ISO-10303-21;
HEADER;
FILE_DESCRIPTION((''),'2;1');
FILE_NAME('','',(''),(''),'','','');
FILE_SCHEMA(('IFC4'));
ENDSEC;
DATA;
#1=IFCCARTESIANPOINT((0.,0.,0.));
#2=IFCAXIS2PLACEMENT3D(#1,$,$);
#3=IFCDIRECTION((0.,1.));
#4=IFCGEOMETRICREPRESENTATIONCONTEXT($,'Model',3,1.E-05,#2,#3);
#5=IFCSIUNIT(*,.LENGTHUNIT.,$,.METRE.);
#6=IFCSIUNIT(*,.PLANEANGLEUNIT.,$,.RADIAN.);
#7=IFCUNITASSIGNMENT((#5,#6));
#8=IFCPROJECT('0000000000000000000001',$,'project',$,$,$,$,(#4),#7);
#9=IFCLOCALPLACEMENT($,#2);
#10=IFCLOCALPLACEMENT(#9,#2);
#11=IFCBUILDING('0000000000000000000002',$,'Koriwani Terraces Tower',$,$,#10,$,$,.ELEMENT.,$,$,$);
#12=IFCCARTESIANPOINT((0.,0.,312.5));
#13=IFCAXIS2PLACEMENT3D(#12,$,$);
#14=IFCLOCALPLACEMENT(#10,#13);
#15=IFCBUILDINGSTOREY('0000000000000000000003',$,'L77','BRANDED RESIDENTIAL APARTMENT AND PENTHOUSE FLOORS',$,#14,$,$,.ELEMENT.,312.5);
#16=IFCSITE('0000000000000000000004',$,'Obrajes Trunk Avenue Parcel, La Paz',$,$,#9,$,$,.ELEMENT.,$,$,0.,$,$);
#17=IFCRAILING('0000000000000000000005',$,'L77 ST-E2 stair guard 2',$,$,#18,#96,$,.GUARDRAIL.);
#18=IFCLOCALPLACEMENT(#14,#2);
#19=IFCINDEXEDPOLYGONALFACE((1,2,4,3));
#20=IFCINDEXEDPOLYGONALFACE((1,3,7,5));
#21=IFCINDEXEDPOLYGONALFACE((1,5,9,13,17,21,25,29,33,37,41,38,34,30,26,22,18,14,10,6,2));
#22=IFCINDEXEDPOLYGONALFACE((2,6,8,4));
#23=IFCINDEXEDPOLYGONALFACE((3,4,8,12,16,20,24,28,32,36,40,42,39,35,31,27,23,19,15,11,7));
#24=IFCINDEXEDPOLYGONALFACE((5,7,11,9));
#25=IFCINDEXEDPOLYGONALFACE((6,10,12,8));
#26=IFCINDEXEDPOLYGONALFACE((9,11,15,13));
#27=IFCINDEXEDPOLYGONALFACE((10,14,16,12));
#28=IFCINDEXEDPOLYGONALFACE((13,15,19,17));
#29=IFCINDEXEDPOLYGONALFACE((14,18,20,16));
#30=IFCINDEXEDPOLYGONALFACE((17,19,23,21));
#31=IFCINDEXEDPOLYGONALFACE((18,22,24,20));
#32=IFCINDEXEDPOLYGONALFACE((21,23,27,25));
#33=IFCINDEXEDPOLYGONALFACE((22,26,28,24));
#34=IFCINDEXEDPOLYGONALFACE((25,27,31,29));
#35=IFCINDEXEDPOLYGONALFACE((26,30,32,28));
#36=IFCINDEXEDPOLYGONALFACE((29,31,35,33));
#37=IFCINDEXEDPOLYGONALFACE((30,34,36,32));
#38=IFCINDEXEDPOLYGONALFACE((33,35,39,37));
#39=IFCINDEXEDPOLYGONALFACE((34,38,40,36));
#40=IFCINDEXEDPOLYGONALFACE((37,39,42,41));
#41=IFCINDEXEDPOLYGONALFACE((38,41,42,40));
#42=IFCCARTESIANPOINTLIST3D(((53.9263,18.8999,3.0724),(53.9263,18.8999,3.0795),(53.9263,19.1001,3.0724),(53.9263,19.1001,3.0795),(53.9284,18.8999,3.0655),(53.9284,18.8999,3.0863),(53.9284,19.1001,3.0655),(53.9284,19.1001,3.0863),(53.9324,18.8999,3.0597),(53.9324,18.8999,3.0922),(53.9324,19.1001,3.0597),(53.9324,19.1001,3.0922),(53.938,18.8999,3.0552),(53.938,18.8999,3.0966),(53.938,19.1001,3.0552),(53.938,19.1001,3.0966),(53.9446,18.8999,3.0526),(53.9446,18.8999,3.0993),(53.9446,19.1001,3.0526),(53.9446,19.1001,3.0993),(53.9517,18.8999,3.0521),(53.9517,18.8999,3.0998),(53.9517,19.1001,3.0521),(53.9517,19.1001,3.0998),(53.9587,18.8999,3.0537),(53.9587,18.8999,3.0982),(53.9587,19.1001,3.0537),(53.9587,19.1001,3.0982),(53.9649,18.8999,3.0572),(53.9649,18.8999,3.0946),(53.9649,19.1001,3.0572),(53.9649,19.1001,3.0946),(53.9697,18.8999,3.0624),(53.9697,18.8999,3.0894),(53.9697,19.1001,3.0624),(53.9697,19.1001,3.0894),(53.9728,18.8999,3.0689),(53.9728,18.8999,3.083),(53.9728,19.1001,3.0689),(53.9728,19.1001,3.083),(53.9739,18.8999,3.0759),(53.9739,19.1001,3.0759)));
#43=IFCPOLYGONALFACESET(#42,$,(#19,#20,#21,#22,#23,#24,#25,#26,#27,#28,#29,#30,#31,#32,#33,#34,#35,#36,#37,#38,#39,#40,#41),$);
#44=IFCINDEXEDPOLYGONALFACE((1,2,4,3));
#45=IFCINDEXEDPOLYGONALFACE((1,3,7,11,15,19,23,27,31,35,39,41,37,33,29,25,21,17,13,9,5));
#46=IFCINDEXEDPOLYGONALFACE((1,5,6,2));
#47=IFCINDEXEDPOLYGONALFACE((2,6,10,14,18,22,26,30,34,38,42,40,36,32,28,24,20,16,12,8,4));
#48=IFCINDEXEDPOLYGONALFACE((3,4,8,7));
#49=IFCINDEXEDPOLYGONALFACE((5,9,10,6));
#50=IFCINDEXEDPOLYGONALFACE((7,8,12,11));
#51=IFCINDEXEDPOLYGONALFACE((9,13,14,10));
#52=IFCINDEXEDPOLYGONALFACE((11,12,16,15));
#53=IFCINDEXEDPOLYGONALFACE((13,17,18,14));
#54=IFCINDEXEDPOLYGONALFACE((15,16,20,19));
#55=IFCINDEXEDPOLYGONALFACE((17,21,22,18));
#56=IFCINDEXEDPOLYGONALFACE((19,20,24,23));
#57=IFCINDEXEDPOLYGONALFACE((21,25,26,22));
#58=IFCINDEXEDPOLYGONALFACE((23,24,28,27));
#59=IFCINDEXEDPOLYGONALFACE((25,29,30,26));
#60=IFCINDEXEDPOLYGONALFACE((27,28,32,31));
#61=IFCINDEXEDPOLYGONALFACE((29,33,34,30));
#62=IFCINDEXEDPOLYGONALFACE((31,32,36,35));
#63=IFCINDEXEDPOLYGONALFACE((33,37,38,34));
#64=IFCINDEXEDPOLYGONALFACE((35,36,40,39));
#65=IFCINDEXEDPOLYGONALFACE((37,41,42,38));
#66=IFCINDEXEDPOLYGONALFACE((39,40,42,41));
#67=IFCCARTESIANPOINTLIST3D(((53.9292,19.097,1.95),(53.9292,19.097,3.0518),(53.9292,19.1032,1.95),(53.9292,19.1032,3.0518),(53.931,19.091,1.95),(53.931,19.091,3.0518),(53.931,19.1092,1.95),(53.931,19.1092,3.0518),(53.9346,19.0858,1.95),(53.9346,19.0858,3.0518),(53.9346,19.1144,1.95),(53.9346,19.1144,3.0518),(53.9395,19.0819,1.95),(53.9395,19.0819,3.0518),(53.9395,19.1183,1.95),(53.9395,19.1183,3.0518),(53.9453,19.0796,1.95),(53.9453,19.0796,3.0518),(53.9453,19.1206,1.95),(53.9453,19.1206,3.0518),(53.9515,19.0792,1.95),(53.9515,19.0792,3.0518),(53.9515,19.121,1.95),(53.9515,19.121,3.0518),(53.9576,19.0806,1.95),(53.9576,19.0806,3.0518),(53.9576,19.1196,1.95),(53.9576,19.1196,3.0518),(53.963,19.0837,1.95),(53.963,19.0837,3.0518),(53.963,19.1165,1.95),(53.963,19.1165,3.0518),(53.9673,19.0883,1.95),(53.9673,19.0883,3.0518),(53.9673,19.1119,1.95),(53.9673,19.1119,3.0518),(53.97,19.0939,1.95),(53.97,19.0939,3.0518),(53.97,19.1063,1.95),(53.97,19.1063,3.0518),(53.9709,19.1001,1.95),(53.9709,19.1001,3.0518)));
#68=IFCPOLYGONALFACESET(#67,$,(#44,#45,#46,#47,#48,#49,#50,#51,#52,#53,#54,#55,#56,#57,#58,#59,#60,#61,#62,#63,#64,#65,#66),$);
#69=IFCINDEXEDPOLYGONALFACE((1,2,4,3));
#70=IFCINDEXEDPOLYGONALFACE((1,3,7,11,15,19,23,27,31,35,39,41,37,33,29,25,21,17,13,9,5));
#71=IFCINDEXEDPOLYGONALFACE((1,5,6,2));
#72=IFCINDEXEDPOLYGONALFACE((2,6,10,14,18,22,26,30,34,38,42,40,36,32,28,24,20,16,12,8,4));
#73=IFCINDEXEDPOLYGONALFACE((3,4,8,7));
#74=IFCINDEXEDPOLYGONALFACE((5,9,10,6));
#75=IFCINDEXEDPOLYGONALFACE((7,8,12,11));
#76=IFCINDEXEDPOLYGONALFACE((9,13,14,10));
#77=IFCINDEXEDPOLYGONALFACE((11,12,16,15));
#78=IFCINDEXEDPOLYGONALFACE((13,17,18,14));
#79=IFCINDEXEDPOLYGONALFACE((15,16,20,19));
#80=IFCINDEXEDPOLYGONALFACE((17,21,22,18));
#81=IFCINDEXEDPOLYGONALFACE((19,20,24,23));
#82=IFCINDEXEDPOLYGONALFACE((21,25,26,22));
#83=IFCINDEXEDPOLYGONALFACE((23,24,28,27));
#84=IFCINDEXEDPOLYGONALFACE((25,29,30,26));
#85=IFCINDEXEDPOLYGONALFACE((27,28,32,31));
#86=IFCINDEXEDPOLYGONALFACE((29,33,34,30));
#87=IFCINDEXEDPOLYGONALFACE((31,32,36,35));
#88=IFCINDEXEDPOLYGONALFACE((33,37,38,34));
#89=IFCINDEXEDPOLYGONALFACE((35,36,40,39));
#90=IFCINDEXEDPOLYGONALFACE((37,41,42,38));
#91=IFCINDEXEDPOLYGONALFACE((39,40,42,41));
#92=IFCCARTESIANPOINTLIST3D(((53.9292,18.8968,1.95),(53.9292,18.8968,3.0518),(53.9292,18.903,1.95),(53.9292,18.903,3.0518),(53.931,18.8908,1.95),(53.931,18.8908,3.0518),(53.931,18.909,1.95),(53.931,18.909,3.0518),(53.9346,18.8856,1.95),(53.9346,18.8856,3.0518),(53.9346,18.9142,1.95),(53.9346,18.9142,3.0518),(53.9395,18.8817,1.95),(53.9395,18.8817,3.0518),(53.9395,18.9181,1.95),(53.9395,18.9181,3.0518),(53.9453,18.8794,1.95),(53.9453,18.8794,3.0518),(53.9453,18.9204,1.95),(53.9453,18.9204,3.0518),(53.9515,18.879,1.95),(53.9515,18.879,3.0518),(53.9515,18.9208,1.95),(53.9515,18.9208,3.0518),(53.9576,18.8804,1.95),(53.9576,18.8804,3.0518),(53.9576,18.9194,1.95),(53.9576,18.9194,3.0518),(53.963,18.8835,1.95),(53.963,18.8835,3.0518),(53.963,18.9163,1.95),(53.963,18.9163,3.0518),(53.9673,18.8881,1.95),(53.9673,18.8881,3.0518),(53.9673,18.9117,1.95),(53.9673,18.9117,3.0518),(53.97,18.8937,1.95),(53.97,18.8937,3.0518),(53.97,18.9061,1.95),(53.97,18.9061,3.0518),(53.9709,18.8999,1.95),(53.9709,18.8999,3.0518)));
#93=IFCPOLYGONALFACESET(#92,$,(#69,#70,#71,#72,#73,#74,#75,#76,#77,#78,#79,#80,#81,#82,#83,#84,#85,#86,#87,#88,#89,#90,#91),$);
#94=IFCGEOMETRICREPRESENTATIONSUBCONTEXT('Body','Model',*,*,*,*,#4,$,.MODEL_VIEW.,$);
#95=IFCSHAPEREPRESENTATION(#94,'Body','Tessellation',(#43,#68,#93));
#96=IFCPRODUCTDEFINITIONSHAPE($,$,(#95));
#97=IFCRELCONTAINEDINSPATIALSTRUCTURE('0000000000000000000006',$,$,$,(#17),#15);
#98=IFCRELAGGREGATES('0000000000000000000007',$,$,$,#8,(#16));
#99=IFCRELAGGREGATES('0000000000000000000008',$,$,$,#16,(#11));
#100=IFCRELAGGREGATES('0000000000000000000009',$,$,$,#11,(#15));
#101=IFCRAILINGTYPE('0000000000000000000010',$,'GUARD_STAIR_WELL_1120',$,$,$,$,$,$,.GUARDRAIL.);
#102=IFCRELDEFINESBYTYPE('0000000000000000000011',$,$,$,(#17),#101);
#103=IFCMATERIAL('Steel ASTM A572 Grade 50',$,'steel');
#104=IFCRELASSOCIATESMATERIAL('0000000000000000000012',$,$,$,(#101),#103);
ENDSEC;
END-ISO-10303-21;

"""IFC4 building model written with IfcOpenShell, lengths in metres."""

from ifc_helpers import new_model, si_unit, direction, frame, origin, origin_2d, place, context, subcontext, project, spatial, circle, extrude, material, type_object, element, save


model = new_model("IFC4")

# Units and contexts
model_context = context("Model", 3, precision=1e-05, world=origin(), true_north=direction((0.0, 1.0)))
body_context = subcontext(model_context, "Body", "Model", "MODEL_VIEW")
ifc_project = project(units=[si_unit("LENGTHUNIT", "METRE"), si_unit("PLANEANGLEUNIT", "RADIAN")], contexts=[model_context])

# Site, building, storey
site_placement = place(None, origin())
site = spatial("IfcSite", under=ifc_project, at=site_placement, Name="Obrajes Trunk Avenue Parcel, La Paz", CompositionType="ELEMENT", RefElevation=0.0)
building_placement = place(site_placement, origin())
building = spatial("IfcBuilding", under=site, at=building_placement, Name="Koriwani Terraces Tower", CompositionType="ELEMENT")
storey_placement = place(building_placement, frame((0.0, 0.0, 312.5)))
storey = spatial("IfcBuildingStorey", under=building, at=storey_placement, Name="L77", Description="BRANDED RESIDENTIAL APARTMENT AND PENTHOUSE FLOORS", CompositionType="ELEMENT", Elevation=312.5)

# Shared definitions
ifc_material_1 = material(Name="Steel ASTM A572 Grade 50", Category="steel")

# Railing
railing_type_1 = type_object("IfcRailingType", Name="GUARD_STAIR_WELL_1120", PredefinedType="GUARDRAIL", material=ifc_material_1)
railing_1_placement = place(storey_placement, frame((53.95, 19.1001, 1.95)))
element("IfcRailing", 1, at=railing_1_placement, inside=storey, type_object=railing_type_1, Name="L77 ST-E2 stair guard 2", PredefinedType="GUARDRAIL", context=body_context, shape_type="SweptSolid", body=[
    extrude(circle(Radius=0.0239, at=origin_2d()), frame((0.0, 0.0, 1.126), z_axis=(0.0, -1.0, 0.0), x_axis=(1.0, 0.0, 0.0)), (0.0, 0.0, 1.0), 0.2002),
    extrude(circle(Radius=0.021, at=origin_2d()), origin(), (0.0, 0.0, 1.0), 1.1018),
    extrude(circle(Radius=0.021, at=origin_2d()), frame((0.0, -0.2002, 0.0)), (0.0, 0.0, 1.0), 1.1018),
])

save(model, "model.ifc")
